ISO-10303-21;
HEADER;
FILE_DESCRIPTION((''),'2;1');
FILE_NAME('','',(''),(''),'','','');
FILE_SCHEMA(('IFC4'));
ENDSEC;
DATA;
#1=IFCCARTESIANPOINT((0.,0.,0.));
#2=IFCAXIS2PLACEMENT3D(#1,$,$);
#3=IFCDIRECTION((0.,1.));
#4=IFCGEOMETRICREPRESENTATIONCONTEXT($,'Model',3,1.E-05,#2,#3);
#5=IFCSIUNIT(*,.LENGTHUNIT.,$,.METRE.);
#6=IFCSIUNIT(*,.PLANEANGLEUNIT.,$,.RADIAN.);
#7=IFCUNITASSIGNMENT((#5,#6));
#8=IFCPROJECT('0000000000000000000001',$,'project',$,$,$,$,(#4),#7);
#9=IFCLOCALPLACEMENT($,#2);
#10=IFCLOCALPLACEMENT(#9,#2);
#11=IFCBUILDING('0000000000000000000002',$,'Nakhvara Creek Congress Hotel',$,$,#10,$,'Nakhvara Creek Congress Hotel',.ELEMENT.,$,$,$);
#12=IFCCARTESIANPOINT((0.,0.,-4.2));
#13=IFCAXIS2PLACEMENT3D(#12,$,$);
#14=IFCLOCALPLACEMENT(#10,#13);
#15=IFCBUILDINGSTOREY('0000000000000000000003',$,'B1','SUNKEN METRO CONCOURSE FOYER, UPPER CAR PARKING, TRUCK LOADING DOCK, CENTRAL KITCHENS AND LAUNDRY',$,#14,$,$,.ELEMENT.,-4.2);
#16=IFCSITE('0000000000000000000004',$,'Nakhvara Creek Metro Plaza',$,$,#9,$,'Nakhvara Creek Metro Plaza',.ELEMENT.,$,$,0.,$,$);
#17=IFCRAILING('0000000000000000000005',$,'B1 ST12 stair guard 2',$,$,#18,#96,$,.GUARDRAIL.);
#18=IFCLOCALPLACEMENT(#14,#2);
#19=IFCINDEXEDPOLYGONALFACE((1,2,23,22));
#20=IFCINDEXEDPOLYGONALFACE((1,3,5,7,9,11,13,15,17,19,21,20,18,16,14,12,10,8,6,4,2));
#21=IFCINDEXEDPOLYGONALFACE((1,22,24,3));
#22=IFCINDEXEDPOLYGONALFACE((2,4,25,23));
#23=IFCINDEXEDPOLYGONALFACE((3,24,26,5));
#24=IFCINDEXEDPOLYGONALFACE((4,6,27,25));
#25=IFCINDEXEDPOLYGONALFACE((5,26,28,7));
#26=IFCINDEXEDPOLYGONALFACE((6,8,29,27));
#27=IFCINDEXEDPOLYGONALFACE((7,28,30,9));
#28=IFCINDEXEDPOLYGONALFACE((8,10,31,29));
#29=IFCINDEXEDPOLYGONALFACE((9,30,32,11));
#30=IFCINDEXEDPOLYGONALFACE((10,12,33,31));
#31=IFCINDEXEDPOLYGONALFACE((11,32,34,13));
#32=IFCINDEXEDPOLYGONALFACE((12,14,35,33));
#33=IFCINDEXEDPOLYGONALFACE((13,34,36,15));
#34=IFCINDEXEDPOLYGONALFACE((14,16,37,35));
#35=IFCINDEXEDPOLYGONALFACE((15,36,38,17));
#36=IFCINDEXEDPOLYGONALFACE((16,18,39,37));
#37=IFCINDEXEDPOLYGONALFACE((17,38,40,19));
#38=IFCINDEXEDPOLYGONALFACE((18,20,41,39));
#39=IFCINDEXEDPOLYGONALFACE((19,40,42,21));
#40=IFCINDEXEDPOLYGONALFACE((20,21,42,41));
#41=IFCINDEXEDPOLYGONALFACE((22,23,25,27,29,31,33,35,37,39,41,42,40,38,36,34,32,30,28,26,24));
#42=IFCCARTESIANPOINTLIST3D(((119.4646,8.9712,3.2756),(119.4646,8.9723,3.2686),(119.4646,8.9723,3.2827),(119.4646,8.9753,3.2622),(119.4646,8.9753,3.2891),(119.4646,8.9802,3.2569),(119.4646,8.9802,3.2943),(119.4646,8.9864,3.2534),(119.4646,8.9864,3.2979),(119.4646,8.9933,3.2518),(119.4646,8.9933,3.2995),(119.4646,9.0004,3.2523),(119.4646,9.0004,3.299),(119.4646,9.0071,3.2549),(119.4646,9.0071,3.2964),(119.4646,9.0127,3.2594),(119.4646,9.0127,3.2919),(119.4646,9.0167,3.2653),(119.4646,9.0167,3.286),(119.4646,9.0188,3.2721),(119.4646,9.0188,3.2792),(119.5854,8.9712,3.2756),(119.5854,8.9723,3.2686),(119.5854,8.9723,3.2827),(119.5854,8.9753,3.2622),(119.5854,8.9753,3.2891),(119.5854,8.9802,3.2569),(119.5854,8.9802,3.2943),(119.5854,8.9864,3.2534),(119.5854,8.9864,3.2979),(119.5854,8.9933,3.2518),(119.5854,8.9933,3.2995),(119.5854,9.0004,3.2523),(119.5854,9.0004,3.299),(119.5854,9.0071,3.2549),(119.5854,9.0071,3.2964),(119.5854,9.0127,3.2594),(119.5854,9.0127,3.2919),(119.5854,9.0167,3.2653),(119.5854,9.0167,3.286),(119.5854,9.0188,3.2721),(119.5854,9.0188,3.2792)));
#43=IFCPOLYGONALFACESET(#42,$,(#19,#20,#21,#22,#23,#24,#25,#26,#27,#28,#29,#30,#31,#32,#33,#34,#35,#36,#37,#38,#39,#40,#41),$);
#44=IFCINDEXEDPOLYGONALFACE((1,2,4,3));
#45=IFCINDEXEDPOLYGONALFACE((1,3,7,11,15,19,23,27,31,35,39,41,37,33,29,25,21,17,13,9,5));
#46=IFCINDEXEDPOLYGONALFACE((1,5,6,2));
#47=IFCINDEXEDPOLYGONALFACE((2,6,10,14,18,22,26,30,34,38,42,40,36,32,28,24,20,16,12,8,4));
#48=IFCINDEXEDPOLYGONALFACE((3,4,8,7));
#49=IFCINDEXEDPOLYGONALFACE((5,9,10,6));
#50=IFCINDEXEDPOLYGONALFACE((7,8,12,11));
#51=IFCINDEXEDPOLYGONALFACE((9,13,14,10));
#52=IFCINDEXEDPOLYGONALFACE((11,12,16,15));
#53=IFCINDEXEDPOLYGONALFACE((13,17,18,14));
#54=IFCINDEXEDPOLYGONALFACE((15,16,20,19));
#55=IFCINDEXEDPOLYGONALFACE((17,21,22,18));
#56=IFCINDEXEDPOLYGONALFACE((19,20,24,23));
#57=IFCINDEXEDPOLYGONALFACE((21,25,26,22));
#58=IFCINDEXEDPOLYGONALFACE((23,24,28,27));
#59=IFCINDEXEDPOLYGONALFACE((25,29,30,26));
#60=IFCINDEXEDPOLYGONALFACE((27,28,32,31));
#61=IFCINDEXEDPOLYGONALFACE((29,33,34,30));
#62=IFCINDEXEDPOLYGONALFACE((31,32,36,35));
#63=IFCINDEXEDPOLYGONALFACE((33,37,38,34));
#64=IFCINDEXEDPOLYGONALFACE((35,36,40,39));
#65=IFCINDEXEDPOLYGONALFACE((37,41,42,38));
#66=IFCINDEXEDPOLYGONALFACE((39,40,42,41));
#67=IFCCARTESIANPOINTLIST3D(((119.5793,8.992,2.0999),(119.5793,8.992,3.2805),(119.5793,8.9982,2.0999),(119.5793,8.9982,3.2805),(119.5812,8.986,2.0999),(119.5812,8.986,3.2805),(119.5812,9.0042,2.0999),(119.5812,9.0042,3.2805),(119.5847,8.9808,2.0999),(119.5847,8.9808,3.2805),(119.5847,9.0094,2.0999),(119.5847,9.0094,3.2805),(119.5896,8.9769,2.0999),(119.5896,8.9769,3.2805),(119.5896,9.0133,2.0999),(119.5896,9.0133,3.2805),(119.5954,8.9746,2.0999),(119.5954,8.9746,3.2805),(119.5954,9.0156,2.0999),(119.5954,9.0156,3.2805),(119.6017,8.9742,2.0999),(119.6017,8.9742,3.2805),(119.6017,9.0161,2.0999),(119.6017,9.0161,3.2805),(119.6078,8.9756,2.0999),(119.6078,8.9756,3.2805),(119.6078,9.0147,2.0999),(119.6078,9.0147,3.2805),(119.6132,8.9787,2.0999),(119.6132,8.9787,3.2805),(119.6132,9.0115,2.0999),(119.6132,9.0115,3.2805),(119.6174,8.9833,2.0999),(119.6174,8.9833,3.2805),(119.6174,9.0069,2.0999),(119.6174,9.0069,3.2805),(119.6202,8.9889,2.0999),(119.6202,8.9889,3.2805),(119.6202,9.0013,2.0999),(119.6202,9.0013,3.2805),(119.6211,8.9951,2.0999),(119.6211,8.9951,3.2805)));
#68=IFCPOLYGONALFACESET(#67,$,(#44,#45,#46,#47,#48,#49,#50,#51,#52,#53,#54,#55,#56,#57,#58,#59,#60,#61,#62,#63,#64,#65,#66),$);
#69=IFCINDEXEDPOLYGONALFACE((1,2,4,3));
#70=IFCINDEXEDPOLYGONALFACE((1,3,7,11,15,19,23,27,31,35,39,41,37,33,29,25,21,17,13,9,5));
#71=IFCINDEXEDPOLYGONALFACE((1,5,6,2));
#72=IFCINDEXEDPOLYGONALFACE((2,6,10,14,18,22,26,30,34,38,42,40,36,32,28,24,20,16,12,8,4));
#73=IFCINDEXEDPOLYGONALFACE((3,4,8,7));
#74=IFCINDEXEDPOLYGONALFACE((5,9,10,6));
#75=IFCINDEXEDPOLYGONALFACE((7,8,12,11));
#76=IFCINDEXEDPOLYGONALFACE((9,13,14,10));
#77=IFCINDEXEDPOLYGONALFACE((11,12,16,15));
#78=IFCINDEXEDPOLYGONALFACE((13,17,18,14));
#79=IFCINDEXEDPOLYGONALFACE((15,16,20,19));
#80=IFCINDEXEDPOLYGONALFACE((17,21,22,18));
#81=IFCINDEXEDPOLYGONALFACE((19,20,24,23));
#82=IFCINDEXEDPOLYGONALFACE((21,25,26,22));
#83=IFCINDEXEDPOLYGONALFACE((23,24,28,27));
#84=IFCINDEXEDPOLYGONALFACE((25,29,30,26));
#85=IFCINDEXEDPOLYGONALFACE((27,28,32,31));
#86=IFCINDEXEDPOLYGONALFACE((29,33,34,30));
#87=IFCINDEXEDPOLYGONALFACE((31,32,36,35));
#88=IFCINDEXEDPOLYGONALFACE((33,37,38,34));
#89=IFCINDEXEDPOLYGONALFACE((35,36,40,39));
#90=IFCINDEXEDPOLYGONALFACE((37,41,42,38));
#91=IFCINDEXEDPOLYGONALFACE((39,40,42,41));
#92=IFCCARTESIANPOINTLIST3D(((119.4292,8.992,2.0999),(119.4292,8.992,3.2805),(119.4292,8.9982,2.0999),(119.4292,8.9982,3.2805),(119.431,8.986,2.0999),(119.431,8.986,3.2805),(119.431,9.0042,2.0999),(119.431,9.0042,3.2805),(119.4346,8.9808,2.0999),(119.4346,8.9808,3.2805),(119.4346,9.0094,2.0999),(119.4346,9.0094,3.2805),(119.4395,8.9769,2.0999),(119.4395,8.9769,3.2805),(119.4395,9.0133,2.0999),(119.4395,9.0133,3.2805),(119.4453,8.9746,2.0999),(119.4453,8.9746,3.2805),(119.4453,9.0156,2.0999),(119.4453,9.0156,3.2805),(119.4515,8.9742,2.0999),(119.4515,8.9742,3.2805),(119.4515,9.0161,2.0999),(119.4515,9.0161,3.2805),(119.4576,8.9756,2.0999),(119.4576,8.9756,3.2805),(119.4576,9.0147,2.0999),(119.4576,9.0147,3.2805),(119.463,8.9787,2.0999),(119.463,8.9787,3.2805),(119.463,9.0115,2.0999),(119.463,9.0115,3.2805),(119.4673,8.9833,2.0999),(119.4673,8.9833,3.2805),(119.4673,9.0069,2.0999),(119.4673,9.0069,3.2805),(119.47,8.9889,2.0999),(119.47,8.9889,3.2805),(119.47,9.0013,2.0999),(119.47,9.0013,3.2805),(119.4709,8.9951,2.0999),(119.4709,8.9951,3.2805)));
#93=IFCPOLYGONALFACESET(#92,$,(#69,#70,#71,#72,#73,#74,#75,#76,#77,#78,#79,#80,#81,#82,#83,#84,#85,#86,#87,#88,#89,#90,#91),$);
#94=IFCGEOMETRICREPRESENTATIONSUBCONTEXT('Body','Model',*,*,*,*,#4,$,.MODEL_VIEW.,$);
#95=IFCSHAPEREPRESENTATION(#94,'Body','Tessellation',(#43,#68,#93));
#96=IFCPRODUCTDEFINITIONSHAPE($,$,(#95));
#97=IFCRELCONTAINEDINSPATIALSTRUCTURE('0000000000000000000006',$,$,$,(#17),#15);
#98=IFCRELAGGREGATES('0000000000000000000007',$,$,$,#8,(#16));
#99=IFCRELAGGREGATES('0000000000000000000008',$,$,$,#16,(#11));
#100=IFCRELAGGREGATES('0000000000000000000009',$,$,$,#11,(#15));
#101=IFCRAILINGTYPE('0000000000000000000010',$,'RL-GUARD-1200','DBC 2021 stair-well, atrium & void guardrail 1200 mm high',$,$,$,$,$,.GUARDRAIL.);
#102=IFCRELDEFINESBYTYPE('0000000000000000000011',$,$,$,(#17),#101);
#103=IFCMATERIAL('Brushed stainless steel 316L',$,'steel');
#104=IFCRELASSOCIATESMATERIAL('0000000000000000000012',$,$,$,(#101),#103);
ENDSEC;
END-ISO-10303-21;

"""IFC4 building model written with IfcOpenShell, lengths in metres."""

from ifc_helpers import new_model, si_unit, direction, frame, origin, origin_2d, place, context, subcontext, project, spatial, circle, extrude, material, type_object, element, save


model = new_model("IFC4")

# Units and contexts
model_context = context("Model", 3, precision=1e-05, world=origin(), true_north=direction((0.0, 1.0)))
body_context = subcontext(model_context, "Body", "Model", "MODEL_VIEW")
ifc_project = project(units=[si_unit("LENGTHUNIT", "METRE"), si_unit("PLANEANGLEUNIT", "RADIAN")], contexts=[model_context])

# Site, building, storey
site_placement = place(None, origin())
site = spatial("IfcSite", under=ifc_project, at=site_placement, Name="Nakhvara Creek Metro Plaza", LongName="Nakhvara Creek Metro Plaza", CompositionType="ELEMENT", RefElevation=0.0)
building_placement = place(site_placement, origin())
building = spatial("IfcBuilding", under=site, at=building_placement, Name="Nakhvara Creek Congress Hotel", LongName="Nakhvara Creek Congress Hotel", CompositionType="ELEMENT")
storey_placement = place(building_placement, frame((0.0, 0.0, -4.2)))
storey = spatial("IfcBuildingStorey", under=building, at=storey_placement, Name="B1", Description="SUNKEN METRO CONCOURSE FOYER, UPPER CAR PARKING, TRUCK LOADING DOCK, CENTRAL KITCHENS AND LAUNDRY", CompositionType="ELEMENT", Elevation=-4.2)

# Railing
ifc_material_1 = material(Name="Brushed stainless steel 316L", Category="steel")
railing_type_1 = type_object("IfcRailingType", Name="RL-GUARD-1200", Description="DBC 2021 stair-well, atrium & void guardrail 1200 mm high", PredefinedType="GUARDRAIL", material=ifc_material_1)
railing_1_placement = place(storey_placement, frame((119.6001, 8.9951, 2.0999)))
element("IfcRailing", 1, at=railing_1_placement, inside=storey, type_object=railing_type_1, Name="B1 ST12 stair guard 2", PredefinedType="GUARDRAIL", context=body_context, shape_type="SweptSolid", body=[
    extrude(circle(Radius=0.0239, at=origin_2d()), frame((-0.0146, 0.0, 1.1758), z_axis=(-1.0, 0.0, 0.0), x_axis=(0.0, -1.0, 0.0)), (0.0, 0.0, 1.0), 0.1208),
    extrude(circle(Radius=0.021, at=origin_2d()), origin(), (0.0, 0.0, 1.0), 1.1807),
    extrude(circle(Radius=0.021, at=origin_2d()), frame((-0.1501, 0.0, 0.0)), (0.0, 0.0, 1.0), 1.1807),
])

save(model, "model.ifc")
